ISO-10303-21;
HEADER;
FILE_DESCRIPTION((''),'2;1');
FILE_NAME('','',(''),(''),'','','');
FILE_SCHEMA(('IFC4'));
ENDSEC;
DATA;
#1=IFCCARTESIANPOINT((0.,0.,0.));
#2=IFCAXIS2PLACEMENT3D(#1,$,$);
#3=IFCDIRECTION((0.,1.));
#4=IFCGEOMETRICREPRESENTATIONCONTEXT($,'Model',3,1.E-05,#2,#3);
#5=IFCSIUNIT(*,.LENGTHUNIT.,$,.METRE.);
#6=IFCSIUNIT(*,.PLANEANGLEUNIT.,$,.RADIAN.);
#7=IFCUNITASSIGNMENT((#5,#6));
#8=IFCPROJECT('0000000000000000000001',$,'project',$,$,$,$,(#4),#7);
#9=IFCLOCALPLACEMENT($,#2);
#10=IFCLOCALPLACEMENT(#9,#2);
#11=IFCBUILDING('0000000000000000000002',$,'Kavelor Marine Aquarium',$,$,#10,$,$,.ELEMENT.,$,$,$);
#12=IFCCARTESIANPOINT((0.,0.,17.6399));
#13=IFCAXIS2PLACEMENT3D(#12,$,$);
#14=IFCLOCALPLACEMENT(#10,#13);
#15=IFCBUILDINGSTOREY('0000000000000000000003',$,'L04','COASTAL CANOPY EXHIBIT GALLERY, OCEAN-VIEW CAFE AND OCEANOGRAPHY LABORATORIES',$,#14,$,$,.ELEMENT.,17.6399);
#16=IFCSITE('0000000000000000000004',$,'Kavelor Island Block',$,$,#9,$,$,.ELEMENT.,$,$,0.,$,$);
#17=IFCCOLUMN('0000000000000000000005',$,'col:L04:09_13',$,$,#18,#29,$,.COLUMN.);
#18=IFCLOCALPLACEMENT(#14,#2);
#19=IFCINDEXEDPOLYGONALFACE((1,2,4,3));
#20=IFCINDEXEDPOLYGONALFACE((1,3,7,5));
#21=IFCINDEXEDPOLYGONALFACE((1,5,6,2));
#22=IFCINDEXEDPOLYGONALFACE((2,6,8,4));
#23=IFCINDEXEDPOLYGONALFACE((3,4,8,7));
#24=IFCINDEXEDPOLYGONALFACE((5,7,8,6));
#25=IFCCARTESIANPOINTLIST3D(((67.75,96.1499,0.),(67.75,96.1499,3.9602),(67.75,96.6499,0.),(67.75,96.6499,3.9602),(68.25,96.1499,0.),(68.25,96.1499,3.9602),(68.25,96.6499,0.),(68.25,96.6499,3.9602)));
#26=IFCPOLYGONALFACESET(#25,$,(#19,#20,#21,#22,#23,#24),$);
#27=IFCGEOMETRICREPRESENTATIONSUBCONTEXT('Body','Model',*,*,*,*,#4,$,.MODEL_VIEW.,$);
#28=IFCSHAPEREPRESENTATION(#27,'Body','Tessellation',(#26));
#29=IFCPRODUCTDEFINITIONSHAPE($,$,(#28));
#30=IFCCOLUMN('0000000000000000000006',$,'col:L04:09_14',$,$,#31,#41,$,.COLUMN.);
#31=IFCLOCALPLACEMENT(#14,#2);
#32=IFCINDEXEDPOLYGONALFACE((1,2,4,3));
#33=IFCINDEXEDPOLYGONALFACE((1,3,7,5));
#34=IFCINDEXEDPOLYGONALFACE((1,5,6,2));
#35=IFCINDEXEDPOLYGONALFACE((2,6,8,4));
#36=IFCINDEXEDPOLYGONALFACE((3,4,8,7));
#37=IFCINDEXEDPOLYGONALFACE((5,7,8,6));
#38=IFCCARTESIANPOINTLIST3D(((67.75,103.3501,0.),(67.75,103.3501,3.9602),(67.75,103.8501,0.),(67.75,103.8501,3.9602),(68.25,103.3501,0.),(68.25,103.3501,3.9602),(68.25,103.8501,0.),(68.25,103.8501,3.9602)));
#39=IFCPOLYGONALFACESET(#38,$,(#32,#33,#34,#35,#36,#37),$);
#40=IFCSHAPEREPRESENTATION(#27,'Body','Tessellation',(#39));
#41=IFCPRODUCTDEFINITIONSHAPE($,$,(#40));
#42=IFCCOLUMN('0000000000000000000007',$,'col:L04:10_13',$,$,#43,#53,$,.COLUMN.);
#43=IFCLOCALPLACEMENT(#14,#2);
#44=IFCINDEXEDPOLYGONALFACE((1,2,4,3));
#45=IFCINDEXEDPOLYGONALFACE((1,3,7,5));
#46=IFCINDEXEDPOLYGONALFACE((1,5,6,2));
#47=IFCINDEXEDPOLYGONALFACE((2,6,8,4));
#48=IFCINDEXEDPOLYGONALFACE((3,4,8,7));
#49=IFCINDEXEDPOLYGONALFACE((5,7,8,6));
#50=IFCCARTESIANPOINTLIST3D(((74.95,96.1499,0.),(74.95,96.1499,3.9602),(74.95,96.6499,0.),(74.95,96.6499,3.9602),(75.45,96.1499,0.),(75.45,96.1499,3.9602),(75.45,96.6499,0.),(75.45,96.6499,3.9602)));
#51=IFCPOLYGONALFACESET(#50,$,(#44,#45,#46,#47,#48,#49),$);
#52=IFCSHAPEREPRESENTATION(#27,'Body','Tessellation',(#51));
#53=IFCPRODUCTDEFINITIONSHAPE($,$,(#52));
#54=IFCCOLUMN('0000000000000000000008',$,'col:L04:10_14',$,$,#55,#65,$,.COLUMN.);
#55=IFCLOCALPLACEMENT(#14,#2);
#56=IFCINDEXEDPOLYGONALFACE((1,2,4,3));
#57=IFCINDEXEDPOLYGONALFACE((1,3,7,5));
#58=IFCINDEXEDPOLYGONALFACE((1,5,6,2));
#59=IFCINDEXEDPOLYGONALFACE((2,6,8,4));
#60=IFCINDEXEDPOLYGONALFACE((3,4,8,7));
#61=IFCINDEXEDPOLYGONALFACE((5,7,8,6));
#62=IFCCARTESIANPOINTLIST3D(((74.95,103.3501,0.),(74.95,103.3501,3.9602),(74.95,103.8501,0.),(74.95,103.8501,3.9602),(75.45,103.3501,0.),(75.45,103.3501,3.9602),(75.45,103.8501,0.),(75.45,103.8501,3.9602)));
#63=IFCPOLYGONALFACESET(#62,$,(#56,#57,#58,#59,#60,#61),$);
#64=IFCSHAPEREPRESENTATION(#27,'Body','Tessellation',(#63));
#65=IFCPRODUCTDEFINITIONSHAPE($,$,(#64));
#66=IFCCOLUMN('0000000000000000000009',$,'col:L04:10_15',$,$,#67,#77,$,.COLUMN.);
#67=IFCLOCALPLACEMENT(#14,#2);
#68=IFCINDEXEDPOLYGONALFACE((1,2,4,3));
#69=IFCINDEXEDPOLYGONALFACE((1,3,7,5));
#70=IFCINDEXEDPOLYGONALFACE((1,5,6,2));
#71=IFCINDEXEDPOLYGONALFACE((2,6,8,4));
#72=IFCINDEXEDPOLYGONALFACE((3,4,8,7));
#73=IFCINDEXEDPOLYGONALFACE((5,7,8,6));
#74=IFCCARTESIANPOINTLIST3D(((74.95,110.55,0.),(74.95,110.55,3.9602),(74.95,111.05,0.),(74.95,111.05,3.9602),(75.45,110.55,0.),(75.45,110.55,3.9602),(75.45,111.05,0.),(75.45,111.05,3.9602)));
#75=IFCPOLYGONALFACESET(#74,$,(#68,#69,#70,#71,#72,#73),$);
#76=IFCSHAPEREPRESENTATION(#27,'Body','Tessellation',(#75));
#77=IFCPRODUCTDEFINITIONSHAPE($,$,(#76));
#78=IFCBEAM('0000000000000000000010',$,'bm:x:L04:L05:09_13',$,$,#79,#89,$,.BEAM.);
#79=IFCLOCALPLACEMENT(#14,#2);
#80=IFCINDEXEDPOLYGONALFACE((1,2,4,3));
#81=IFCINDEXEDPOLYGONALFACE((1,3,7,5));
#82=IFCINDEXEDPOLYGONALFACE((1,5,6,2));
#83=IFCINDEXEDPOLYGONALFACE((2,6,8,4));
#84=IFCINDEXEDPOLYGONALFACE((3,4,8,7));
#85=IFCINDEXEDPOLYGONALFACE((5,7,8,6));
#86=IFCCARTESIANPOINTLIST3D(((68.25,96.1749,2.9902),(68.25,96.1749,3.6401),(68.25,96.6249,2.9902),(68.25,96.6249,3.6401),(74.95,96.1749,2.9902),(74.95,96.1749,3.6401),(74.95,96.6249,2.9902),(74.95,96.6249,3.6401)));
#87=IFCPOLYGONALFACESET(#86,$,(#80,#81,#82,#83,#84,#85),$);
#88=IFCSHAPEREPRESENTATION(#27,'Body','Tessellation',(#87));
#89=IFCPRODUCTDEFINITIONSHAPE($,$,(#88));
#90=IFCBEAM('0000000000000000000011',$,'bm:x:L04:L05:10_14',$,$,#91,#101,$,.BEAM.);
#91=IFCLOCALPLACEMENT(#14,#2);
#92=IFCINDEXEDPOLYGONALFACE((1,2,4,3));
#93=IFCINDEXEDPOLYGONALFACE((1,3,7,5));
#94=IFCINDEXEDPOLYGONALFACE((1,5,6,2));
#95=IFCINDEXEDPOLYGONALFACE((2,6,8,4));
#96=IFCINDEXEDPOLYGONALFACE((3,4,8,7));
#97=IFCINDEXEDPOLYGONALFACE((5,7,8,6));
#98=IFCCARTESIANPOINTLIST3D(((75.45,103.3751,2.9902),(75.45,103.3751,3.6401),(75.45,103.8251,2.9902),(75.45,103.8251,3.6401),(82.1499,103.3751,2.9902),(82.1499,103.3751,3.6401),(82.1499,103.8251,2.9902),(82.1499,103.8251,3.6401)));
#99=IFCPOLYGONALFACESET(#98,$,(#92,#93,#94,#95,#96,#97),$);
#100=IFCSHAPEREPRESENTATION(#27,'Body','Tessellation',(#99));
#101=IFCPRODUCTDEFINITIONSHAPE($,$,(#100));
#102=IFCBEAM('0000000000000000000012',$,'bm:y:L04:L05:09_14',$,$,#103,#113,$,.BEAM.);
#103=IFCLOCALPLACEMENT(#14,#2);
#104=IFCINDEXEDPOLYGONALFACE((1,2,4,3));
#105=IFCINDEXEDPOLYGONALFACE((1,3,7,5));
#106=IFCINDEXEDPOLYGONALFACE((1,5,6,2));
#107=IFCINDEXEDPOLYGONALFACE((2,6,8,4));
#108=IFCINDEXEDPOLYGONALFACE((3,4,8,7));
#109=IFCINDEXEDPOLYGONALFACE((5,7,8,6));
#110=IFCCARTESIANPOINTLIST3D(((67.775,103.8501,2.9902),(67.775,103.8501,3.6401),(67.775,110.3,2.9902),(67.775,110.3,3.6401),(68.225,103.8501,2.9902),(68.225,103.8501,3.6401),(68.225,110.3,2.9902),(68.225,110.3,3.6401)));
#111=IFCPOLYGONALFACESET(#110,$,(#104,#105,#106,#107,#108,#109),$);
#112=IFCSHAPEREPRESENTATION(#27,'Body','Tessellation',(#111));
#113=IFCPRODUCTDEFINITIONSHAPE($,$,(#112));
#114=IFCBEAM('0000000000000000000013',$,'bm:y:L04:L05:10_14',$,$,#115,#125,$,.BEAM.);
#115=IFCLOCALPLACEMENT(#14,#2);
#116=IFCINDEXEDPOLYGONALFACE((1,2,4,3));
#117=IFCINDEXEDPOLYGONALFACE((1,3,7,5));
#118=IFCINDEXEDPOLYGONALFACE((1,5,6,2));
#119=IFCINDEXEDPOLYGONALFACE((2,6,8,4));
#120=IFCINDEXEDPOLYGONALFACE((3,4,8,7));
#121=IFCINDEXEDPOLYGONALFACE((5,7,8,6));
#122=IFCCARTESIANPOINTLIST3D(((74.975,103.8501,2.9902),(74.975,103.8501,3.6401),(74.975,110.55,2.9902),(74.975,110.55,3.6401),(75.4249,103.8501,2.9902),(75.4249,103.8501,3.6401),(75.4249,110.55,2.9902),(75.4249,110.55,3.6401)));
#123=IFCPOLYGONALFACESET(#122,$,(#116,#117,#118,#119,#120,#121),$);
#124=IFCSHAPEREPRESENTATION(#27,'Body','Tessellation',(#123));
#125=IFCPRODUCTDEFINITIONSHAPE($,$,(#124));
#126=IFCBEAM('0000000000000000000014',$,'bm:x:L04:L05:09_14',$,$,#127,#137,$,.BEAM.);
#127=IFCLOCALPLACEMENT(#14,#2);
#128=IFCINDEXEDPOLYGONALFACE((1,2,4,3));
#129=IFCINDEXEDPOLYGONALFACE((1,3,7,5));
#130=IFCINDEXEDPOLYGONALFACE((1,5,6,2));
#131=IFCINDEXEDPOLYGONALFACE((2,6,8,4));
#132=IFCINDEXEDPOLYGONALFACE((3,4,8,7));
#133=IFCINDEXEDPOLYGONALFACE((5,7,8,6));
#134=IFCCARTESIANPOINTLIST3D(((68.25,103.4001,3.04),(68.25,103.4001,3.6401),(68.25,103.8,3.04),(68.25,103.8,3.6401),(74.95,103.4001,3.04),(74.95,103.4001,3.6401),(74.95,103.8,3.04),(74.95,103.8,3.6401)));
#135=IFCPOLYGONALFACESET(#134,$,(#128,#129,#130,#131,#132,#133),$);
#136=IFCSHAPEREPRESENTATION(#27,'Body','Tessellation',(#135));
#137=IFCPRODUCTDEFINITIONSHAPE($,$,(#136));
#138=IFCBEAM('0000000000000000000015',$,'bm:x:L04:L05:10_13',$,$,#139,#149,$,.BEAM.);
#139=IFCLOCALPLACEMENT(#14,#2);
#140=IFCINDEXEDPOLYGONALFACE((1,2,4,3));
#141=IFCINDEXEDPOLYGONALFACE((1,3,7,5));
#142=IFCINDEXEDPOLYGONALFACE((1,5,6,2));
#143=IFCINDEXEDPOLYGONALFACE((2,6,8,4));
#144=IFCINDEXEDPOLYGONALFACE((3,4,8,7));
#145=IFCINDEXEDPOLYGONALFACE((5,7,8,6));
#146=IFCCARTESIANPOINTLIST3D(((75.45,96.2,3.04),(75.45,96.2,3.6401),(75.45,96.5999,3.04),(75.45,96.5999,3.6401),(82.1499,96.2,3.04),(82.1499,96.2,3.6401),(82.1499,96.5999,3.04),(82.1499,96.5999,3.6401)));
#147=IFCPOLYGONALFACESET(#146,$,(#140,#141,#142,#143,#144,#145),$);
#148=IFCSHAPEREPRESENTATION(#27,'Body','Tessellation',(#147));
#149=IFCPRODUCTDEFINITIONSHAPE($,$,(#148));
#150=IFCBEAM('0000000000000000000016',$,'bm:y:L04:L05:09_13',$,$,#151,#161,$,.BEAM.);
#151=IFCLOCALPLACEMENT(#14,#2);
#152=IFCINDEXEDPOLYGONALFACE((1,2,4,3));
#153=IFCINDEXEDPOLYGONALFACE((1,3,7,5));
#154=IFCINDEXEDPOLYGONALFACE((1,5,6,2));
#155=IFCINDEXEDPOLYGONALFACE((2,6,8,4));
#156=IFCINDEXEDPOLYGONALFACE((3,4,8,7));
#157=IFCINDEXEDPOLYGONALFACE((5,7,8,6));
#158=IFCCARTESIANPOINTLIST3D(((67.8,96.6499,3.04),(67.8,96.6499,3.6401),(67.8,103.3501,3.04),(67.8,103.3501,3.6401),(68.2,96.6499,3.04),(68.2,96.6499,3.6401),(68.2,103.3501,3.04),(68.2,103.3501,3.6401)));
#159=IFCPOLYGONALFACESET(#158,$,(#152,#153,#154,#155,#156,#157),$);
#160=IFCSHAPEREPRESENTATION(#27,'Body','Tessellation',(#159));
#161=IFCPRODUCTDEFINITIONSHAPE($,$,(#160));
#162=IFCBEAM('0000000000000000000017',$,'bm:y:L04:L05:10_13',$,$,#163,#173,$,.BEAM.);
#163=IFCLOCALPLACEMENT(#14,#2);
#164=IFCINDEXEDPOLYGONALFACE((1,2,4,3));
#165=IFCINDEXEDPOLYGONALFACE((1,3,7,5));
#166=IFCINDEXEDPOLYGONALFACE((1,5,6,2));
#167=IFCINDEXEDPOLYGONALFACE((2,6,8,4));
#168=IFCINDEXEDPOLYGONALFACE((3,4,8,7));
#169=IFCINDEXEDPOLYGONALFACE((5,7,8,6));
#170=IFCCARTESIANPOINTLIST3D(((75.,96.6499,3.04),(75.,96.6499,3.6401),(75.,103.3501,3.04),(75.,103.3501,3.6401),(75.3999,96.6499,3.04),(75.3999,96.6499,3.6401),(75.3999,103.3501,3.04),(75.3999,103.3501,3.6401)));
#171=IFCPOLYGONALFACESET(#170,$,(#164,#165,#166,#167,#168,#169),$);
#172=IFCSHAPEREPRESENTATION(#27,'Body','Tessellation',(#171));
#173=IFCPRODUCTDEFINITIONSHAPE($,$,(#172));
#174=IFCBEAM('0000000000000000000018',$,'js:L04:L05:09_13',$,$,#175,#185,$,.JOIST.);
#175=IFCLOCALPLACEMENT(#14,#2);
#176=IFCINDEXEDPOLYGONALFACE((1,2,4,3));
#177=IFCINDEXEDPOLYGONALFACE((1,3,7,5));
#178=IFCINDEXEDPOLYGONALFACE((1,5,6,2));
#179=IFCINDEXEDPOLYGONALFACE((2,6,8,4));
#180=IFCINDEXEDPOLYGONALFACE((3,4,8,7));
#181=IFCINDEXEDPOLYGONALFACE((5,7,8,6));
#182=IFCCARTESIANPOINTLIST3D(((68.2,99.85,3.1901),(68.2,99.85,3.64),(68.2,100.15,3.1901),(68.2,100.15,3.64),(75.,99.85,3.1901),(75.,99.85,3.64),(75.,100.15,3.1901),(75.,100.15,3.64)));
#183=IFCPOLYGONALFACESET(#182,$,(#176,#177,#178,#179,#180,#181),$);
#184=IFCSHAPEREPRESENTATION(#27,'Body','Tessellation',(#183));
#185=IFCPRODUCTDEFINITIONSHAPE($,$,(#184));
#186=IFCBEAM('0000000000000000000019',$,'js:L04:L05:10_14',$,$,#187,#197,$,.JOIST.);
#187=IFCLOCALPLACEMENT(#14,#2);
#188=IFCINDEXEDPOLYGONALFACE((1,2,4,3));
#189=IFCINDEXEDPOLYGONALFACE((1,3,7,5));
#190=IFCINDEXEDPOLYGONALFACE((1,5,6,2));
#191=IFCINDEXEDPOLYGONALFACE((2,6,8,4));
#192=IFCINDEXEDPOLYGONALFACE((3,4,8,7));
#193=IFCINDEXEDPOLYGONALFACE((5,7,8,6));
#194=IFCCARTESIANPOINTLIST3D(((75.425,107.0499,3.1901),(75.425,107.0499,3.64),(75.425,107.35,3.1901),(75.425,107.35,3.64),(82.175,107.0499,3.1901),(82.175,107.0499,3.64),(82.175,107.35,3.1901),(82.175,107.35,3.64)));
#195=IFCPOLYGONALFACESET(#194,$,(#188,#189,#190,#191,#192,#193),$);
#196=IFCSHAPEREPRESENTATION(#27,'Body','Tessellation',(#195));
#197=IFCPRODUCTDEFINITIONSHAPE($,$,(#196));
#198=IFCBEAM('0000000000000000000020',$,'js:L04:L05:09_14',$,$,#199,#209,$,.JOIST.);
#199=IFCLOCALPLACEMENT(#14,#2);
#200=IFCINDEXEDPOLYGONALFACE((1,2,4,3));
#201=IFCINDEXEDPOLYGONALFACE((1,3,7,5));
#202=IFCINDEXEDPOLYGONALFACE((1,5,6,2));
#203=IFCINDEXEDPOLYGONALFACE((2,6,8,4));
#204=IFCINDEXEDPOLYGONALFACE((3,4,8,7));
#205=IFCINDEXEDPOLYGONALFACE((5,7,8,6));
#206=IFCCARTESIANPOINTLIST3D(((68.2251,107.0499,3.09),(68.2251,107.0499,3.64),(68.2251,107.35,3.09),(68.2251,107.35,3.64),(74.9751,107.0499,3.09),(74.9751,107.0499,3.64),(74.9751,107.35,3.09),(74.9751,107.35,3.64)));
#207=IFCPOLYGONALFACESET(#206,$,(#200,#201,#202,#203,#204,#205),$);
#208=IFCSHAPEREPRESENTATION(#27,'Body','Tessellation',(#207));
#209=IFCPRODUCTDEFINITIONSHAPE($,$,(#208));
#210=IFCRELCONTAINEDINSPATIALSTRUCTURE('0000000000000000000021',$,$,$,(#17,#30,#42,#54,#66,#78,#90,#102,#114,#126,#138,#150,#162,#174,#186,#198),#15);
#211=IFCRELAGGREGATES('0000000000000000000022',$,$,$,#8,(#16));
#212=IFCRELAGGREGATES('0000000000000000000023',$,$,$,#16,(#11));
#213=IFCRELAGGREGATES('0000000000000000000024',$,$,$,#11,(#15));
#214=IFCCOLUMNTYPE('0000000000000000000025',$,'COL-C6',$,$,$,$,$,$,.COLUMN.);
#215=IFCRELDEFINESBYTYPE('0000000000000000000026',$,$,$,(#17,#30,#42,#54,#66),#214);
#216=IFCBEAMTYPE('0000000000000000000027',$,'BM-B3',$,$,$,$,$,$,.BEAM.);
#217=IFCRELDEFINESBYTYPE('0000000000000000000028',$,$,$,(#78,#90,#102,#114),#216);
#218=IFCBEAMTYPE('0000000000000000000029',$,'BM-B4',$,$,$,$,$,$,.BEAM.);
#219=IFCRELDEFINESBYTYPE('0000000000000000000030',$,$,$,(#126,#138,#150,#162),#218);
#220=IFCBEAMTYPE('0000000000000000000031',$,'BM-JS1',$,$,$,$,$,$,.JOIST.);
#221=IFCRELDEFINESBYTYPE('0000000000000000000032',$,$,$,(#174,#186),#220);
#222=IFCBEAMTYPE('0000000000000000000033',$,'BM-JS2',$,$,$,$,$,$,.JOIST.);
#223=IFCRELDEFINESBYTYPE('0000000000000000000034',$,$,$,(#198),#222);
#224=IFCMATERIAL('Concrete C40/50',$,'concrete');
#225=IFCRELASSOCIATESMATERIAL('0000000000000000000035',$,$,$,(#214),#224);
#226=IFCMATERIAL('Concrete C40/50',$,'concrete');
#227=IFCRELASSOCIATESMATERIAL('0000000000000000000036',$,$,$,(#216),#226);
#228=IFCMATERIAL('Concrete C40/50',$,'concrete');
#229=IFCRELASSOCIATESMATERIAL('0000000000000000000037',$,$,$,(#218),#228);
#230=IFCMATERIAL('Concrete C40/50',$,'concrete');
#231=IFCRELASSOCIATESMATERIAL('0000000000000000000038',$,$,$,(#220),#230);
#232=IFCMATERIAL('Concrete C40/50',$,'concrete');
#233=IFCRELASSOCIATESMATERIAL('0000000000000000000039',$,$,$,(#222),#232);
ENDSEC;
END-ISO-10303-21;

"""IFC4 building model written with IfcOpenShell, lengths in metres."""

from ifc_helpers import new_model, si_unit, direction, frame, origin, origin_2d, place, context, subcontext, project, spatial, rectangle, extrude, material, material_profile, profile_set, type_object, element, save


model = new_model("IFC4")

# Units and contexts
model_context = context("Model", 3, precision=1e-05, world=origin(), true_north=direction((0.0, 1.0)))
body_context = subcontext(model_context, "Body", "Model", "MODEL_VIEW")
ifc_project = project(units=[si_unit("LENGTHUNIT", "METRE"), si_unit("PLANEANGLEUNIT", "RADIAN")], contexts=[model_context])

# Site, building, storey
site_placement = place(None, origin())
site = spatial("IfcSite", under=ifc_project, at=site_placement, Name="Kavelor Island Block", CompositionType="ELEMENT", RefElevation=0.0)
building_placement = place(site_placement, origin())
building = spatial("IfcBuilding", under=site, at=building_placement, Name="Kavelor Marine Aquarium", CompositionType="ELEMENT")
storey_placement = place(building_placement, frame((0.0, 0.0, 17.6399)))
storey = spatial("IfcBuildingStorey", under=building, at=storey_placement, Name="L04", Description="COASTAL CANOPY EXHIBIT GALLERY, OCEAN-VIEW CAFE AND OCEANOGRAPHY LABORATORIES", CompositionType="ELEMENT", Elevation=17.6399)

# Columns
ifc_material_1 = material(Name="Concrete C40/50", Category="concrete")
ifc_material_profile_1 = material_profile(ifc_material_1, rectangle(XDim=0.5, YDim=0.5, at=origin_2d()), Name="RC-COL 500x500")
ifc_profile_set_1 = profile_set([ifc_material_profile_1], Name="Concrete C40/50")
column_type = type_object("IfcColumnType", Name="COL-C6", PredefinedType="COLUMN", material=ifc_profile_set_1)
for number, where, z_axis, x_axis, name in (
    (1, (68.0, 96.3999, 0.0), (0.0, 0.0, 1.0), (1.0, 0.0, 0.0), "col:L04:09_13"),
    (2, (68.0, 103.6001, 0.0), (0.0, 0.0, 1.0), (1.0, 0.0, 0.0), "col:L04:09_14"),
    (3, (75.2, 96.3999, 0.0), (0.0, 0.0, 1.0), (1.0, 0.0, 0.0), "col:L04:10_13"),
    (4, (75.2, 103.6001, 0.0), (0.0, 0.0, 1.0), (1.0, 0.0, 0.0), "col:L04:10_14"),
    (5, (75.2, 110.8, 0.0), (0.0, 0.0, 1.0), (1.0, 0.0, 0.0), "col:L04:10_15"),
):
    element("IfcColumn", number, at=place(storey_placement, frame(where, z_axis=z_axis, x_axis=x_axis)), inside=storey, type_object=column_type, Name=name, PredefinedType="COLUMN", context=body_context, shape_type="SweptSolid", body=[
        extrude(rectangle(XDim=0.5, YDim=0.5, at=origin_2d()), origin(), (0.0, 0.0, 1.0), 3.9602),
    ])

# Beams
ifc_material_2 = material(Name="Concrete C40/50", Category="concrete")
ifc_material_profile_2 = material_profile(ifc_material_2, rectangle(XDim=0.45, YDim=0.6499, at=origin_2d()), Name="RC-BM 450x650")
ifc_profile_set_2 = profile_set([ifc_material_profile_2], Name="Concrete C40/50")
beam_type_1 = type_object("IfcBeamType", Name="BM-B3", PredefinedType="BEAM", material=ifc_profile_set_2)
for number, where, z_axis, x_axis, name in (
    (6, (68.25, 96.3999, 3.3152), (1.0, 0.0, 0.0), (0.0, 1.0, 0.0), "bm:x:L04:L05:09_13"),
    (7, (75.45, 103.6001, 3.3152), (1.0, 0.0, 0.0), (0.0, 1.0, 0.0), "bm:x:L04:L05:10_14"),
):
    element("IfcBeam", number, at=place(storey_placement, frame(where, z_axis=z_axis, x_axis=x_axis)), inside=storey, type_object=beam_type_1, Name=name, PredefinedType="BEAM", context=body_context, shape_type="SweptSolid", body=[
        extrude(rectangle(XDim=0.45, YDim=0.6499, at=origin_2d()), origin(), (0.0, 0.0, 1.0), 6.7),
    ])
beam_1_placement = place(storey_placement, frame((68.0, 103.8501, 3.3152), z_axis=(0.0, 1.0, 0.0), x_axis=(-1.0, 0.0, 0.0)))
element("IfcBeam", 8, at=beam_1_placement, inside=storey, type_object=beam_type_1, Name="bm:y:L04:L05:09_14", PredefinedType="BEAM", context=body_context, shape_type="SweptSolid", body=[
    extrude(rectangle(XDim=0.45, YDim=0.6499, at=origin_2d()), origin(), (0.0, 0.0, 1.0), 6.45),
])
beam_2_placement = place(storey_placement, frame((75.2, 103.8501, 3.3152), z_axis=(0.0, 1.0, 0.0), x_axis=(-1.0, 0.0, 0.0)))
element("IfcBeam", 9, at=beam_2_placement, inside=storey, type_object=beam_type_1, Name="bm:y:L04:L05:10_14", PredefinedType="BEAM", context=body_context, shape_type="SweptSolid", body=[
    extrude(rectangle(XDim=0.45, YDim=0.6499, at=origin_2d()), origin(), (0.0, 0.0, 1.0), 6.7),
])
ifc_material_3 = material(Name="Concrete C40/50", Category="concrete")
ifc_material_profile_3 = material_profile(ifc_material_3, rectangle(XDim=0.3999, YDim=0.6001, at=origin_2d()), Name="RC-BM 400x600")
ifc_profile_set_3 = profile_set([ifc_material_profile_3], Name="Concrete C40/50")
beam_type_2 = type_object("IfcBeamType", Name="BM-B4", PredefinedType="BEAM", material=ifc_profile_set_3)
for number, where, z_axis, x_axis, name in (
    (10, (68.25, 103.6001, 3.3401), (1.0, 0.0, 0.0), (0.0, 1.0, 0.0), "bm:x:L04:L05:09_14"),
    (11, (75.45, 96.3999, 3.3401), (1.0, 0.0, 0.0), (0.0, 1.0, 0.0), "bm:x:L04:L05:10_13"),
):
    element("IfcBeam", number, at=place(storey_placement, frame(where, z_axis=z_axis, x_axis=x_axis)), inside=storey, type_object=beam_type_2, Name=name, PredefinedType="BEAM", context=body_context, shape_type="SweptSolid", body=[
        extrude(rectangle(XDim=0.3999, YDim=0.6001, at=origin_2d()), origin(), (0.0, 0.0, 1.0), 6.7),
    ])
for number, where, z_axis, x_axis, name in (
    (12, (68.0, 96.6499, 3.3401), (0.0, 1.0, 0.0), (-1.0, 0.0, 0.0), "bm:y:L04:L05:09_13"),
    (13, (75.2, 96.6499, 3.3401), (0.0, 1.0, 0.0), (-1.0, 0.0, 0.0), "bm:y:L04:L05:10_13"),
):
    element("IfcBeam", number, at=place(storey_placement, frame(where, z_axis=z_axis, x_axis=x_axis)), inside=storey, type_object=beam_type_2, Name=name, PredefinedType="BEAM", context=body_context, shape_type="SweptSolid", body=[
        extrude(rectangle(XDim=0.3999, YDim=0.6001, at=origin_2d()), origin(), (0.0, 0.0, 1.0), 6.7002),
    ])
ifc_material_4 = material(Name="Concrete C40/50", Category="concrete")
ifc_material_profile_4 = material_profile(ifc_material_4, rectangle(XDim=0.3, YDim=0.45, at=origin_2d()), Name="RC-JS 300x450")
ifc_profile_set_4 = profile_set([ifc_material_profile_4], Name="Concrete C40/50")
beam_type_3 = type_object("IfcBeamType", Name="BM-JS1", PredefinedType="JOIST", material=ifc_profile_set_4)
beam_3_placement = place(storey_placement, frame((68.2, 100.0, 3.415), z_axis=(1.0, 0.0, 0.0), x_axis=(0.0, 1.0, 0.0)))
element("IfcBeam", 14, at=beam_3_placement, inside=storey, type_object=beam_type_3, Name="js:L04:L05:09_13", PredefinedType="JOIST", context=body_context, shape_type="SweptSolid", body=[
    extrude(rectangle(XDim=0.3, YDim=0.45, at=origin_2d()), origin(), (0.0, 0.0, 1.0), 6.8),
])
beam_4_placement = place(storey_placement, frame((75.425, 107.2, 3.415), z_axis=(1.0, 0.0, 0.0), x_axis=(0.0, 1.0, 0.0)))
element("IfcBeam", 15, at=beam_4_placement, inside=storey, type_object=beam_type_3, Name="js:L04:L05:10_14", PredefinedType="JOIST", context=body_context, shape_type="SweptSolid", body=[
    extrude(rectangle(XDim=0.3, YDim=0.45, at=origin_2d()), origin(), (0.0, 0.0, 1.0), 6.75),
])
ifc_material_5 = material(Name="Concrete C40/50", Category="concrete")
ifc_material_profile_5 = material_profile(ifc_material_5, rectangle(XDim=0.3, YDim=0.55, at=origin_2d()), Name="RC-JS 300x550")
ifc_profile_set_5 = profile_set([ifc_material_profile_5], Name="Concrete C40/50")
beam_type_4 = type_object("IfcBeamType", Name="BM-JS2", PredefinedType="JOIST", material=ifc_profile_set_5)
beam_5_placement = place(storey_placement, frame((68.2251, 107.2, 3.365), z_axis=(1.0, 0.0, 0.0), x_axis=(0.0, 1.0, 0.0)))
element("IfcBeam", 16, at=beam_5_placement, inside=storey, type_object=beam_type_4, Name="js:L04:L05:09_14", PredefinedType="JOIST", context=body_context, shape_type="SweptSolid", body=[
    extrude(rectangle(XDim=0.3, YDim=0.55, at=origin_2d()), origin(), (0.0, 0.0, 1.0), 6.75),
])

save(model, "model.ifc")
